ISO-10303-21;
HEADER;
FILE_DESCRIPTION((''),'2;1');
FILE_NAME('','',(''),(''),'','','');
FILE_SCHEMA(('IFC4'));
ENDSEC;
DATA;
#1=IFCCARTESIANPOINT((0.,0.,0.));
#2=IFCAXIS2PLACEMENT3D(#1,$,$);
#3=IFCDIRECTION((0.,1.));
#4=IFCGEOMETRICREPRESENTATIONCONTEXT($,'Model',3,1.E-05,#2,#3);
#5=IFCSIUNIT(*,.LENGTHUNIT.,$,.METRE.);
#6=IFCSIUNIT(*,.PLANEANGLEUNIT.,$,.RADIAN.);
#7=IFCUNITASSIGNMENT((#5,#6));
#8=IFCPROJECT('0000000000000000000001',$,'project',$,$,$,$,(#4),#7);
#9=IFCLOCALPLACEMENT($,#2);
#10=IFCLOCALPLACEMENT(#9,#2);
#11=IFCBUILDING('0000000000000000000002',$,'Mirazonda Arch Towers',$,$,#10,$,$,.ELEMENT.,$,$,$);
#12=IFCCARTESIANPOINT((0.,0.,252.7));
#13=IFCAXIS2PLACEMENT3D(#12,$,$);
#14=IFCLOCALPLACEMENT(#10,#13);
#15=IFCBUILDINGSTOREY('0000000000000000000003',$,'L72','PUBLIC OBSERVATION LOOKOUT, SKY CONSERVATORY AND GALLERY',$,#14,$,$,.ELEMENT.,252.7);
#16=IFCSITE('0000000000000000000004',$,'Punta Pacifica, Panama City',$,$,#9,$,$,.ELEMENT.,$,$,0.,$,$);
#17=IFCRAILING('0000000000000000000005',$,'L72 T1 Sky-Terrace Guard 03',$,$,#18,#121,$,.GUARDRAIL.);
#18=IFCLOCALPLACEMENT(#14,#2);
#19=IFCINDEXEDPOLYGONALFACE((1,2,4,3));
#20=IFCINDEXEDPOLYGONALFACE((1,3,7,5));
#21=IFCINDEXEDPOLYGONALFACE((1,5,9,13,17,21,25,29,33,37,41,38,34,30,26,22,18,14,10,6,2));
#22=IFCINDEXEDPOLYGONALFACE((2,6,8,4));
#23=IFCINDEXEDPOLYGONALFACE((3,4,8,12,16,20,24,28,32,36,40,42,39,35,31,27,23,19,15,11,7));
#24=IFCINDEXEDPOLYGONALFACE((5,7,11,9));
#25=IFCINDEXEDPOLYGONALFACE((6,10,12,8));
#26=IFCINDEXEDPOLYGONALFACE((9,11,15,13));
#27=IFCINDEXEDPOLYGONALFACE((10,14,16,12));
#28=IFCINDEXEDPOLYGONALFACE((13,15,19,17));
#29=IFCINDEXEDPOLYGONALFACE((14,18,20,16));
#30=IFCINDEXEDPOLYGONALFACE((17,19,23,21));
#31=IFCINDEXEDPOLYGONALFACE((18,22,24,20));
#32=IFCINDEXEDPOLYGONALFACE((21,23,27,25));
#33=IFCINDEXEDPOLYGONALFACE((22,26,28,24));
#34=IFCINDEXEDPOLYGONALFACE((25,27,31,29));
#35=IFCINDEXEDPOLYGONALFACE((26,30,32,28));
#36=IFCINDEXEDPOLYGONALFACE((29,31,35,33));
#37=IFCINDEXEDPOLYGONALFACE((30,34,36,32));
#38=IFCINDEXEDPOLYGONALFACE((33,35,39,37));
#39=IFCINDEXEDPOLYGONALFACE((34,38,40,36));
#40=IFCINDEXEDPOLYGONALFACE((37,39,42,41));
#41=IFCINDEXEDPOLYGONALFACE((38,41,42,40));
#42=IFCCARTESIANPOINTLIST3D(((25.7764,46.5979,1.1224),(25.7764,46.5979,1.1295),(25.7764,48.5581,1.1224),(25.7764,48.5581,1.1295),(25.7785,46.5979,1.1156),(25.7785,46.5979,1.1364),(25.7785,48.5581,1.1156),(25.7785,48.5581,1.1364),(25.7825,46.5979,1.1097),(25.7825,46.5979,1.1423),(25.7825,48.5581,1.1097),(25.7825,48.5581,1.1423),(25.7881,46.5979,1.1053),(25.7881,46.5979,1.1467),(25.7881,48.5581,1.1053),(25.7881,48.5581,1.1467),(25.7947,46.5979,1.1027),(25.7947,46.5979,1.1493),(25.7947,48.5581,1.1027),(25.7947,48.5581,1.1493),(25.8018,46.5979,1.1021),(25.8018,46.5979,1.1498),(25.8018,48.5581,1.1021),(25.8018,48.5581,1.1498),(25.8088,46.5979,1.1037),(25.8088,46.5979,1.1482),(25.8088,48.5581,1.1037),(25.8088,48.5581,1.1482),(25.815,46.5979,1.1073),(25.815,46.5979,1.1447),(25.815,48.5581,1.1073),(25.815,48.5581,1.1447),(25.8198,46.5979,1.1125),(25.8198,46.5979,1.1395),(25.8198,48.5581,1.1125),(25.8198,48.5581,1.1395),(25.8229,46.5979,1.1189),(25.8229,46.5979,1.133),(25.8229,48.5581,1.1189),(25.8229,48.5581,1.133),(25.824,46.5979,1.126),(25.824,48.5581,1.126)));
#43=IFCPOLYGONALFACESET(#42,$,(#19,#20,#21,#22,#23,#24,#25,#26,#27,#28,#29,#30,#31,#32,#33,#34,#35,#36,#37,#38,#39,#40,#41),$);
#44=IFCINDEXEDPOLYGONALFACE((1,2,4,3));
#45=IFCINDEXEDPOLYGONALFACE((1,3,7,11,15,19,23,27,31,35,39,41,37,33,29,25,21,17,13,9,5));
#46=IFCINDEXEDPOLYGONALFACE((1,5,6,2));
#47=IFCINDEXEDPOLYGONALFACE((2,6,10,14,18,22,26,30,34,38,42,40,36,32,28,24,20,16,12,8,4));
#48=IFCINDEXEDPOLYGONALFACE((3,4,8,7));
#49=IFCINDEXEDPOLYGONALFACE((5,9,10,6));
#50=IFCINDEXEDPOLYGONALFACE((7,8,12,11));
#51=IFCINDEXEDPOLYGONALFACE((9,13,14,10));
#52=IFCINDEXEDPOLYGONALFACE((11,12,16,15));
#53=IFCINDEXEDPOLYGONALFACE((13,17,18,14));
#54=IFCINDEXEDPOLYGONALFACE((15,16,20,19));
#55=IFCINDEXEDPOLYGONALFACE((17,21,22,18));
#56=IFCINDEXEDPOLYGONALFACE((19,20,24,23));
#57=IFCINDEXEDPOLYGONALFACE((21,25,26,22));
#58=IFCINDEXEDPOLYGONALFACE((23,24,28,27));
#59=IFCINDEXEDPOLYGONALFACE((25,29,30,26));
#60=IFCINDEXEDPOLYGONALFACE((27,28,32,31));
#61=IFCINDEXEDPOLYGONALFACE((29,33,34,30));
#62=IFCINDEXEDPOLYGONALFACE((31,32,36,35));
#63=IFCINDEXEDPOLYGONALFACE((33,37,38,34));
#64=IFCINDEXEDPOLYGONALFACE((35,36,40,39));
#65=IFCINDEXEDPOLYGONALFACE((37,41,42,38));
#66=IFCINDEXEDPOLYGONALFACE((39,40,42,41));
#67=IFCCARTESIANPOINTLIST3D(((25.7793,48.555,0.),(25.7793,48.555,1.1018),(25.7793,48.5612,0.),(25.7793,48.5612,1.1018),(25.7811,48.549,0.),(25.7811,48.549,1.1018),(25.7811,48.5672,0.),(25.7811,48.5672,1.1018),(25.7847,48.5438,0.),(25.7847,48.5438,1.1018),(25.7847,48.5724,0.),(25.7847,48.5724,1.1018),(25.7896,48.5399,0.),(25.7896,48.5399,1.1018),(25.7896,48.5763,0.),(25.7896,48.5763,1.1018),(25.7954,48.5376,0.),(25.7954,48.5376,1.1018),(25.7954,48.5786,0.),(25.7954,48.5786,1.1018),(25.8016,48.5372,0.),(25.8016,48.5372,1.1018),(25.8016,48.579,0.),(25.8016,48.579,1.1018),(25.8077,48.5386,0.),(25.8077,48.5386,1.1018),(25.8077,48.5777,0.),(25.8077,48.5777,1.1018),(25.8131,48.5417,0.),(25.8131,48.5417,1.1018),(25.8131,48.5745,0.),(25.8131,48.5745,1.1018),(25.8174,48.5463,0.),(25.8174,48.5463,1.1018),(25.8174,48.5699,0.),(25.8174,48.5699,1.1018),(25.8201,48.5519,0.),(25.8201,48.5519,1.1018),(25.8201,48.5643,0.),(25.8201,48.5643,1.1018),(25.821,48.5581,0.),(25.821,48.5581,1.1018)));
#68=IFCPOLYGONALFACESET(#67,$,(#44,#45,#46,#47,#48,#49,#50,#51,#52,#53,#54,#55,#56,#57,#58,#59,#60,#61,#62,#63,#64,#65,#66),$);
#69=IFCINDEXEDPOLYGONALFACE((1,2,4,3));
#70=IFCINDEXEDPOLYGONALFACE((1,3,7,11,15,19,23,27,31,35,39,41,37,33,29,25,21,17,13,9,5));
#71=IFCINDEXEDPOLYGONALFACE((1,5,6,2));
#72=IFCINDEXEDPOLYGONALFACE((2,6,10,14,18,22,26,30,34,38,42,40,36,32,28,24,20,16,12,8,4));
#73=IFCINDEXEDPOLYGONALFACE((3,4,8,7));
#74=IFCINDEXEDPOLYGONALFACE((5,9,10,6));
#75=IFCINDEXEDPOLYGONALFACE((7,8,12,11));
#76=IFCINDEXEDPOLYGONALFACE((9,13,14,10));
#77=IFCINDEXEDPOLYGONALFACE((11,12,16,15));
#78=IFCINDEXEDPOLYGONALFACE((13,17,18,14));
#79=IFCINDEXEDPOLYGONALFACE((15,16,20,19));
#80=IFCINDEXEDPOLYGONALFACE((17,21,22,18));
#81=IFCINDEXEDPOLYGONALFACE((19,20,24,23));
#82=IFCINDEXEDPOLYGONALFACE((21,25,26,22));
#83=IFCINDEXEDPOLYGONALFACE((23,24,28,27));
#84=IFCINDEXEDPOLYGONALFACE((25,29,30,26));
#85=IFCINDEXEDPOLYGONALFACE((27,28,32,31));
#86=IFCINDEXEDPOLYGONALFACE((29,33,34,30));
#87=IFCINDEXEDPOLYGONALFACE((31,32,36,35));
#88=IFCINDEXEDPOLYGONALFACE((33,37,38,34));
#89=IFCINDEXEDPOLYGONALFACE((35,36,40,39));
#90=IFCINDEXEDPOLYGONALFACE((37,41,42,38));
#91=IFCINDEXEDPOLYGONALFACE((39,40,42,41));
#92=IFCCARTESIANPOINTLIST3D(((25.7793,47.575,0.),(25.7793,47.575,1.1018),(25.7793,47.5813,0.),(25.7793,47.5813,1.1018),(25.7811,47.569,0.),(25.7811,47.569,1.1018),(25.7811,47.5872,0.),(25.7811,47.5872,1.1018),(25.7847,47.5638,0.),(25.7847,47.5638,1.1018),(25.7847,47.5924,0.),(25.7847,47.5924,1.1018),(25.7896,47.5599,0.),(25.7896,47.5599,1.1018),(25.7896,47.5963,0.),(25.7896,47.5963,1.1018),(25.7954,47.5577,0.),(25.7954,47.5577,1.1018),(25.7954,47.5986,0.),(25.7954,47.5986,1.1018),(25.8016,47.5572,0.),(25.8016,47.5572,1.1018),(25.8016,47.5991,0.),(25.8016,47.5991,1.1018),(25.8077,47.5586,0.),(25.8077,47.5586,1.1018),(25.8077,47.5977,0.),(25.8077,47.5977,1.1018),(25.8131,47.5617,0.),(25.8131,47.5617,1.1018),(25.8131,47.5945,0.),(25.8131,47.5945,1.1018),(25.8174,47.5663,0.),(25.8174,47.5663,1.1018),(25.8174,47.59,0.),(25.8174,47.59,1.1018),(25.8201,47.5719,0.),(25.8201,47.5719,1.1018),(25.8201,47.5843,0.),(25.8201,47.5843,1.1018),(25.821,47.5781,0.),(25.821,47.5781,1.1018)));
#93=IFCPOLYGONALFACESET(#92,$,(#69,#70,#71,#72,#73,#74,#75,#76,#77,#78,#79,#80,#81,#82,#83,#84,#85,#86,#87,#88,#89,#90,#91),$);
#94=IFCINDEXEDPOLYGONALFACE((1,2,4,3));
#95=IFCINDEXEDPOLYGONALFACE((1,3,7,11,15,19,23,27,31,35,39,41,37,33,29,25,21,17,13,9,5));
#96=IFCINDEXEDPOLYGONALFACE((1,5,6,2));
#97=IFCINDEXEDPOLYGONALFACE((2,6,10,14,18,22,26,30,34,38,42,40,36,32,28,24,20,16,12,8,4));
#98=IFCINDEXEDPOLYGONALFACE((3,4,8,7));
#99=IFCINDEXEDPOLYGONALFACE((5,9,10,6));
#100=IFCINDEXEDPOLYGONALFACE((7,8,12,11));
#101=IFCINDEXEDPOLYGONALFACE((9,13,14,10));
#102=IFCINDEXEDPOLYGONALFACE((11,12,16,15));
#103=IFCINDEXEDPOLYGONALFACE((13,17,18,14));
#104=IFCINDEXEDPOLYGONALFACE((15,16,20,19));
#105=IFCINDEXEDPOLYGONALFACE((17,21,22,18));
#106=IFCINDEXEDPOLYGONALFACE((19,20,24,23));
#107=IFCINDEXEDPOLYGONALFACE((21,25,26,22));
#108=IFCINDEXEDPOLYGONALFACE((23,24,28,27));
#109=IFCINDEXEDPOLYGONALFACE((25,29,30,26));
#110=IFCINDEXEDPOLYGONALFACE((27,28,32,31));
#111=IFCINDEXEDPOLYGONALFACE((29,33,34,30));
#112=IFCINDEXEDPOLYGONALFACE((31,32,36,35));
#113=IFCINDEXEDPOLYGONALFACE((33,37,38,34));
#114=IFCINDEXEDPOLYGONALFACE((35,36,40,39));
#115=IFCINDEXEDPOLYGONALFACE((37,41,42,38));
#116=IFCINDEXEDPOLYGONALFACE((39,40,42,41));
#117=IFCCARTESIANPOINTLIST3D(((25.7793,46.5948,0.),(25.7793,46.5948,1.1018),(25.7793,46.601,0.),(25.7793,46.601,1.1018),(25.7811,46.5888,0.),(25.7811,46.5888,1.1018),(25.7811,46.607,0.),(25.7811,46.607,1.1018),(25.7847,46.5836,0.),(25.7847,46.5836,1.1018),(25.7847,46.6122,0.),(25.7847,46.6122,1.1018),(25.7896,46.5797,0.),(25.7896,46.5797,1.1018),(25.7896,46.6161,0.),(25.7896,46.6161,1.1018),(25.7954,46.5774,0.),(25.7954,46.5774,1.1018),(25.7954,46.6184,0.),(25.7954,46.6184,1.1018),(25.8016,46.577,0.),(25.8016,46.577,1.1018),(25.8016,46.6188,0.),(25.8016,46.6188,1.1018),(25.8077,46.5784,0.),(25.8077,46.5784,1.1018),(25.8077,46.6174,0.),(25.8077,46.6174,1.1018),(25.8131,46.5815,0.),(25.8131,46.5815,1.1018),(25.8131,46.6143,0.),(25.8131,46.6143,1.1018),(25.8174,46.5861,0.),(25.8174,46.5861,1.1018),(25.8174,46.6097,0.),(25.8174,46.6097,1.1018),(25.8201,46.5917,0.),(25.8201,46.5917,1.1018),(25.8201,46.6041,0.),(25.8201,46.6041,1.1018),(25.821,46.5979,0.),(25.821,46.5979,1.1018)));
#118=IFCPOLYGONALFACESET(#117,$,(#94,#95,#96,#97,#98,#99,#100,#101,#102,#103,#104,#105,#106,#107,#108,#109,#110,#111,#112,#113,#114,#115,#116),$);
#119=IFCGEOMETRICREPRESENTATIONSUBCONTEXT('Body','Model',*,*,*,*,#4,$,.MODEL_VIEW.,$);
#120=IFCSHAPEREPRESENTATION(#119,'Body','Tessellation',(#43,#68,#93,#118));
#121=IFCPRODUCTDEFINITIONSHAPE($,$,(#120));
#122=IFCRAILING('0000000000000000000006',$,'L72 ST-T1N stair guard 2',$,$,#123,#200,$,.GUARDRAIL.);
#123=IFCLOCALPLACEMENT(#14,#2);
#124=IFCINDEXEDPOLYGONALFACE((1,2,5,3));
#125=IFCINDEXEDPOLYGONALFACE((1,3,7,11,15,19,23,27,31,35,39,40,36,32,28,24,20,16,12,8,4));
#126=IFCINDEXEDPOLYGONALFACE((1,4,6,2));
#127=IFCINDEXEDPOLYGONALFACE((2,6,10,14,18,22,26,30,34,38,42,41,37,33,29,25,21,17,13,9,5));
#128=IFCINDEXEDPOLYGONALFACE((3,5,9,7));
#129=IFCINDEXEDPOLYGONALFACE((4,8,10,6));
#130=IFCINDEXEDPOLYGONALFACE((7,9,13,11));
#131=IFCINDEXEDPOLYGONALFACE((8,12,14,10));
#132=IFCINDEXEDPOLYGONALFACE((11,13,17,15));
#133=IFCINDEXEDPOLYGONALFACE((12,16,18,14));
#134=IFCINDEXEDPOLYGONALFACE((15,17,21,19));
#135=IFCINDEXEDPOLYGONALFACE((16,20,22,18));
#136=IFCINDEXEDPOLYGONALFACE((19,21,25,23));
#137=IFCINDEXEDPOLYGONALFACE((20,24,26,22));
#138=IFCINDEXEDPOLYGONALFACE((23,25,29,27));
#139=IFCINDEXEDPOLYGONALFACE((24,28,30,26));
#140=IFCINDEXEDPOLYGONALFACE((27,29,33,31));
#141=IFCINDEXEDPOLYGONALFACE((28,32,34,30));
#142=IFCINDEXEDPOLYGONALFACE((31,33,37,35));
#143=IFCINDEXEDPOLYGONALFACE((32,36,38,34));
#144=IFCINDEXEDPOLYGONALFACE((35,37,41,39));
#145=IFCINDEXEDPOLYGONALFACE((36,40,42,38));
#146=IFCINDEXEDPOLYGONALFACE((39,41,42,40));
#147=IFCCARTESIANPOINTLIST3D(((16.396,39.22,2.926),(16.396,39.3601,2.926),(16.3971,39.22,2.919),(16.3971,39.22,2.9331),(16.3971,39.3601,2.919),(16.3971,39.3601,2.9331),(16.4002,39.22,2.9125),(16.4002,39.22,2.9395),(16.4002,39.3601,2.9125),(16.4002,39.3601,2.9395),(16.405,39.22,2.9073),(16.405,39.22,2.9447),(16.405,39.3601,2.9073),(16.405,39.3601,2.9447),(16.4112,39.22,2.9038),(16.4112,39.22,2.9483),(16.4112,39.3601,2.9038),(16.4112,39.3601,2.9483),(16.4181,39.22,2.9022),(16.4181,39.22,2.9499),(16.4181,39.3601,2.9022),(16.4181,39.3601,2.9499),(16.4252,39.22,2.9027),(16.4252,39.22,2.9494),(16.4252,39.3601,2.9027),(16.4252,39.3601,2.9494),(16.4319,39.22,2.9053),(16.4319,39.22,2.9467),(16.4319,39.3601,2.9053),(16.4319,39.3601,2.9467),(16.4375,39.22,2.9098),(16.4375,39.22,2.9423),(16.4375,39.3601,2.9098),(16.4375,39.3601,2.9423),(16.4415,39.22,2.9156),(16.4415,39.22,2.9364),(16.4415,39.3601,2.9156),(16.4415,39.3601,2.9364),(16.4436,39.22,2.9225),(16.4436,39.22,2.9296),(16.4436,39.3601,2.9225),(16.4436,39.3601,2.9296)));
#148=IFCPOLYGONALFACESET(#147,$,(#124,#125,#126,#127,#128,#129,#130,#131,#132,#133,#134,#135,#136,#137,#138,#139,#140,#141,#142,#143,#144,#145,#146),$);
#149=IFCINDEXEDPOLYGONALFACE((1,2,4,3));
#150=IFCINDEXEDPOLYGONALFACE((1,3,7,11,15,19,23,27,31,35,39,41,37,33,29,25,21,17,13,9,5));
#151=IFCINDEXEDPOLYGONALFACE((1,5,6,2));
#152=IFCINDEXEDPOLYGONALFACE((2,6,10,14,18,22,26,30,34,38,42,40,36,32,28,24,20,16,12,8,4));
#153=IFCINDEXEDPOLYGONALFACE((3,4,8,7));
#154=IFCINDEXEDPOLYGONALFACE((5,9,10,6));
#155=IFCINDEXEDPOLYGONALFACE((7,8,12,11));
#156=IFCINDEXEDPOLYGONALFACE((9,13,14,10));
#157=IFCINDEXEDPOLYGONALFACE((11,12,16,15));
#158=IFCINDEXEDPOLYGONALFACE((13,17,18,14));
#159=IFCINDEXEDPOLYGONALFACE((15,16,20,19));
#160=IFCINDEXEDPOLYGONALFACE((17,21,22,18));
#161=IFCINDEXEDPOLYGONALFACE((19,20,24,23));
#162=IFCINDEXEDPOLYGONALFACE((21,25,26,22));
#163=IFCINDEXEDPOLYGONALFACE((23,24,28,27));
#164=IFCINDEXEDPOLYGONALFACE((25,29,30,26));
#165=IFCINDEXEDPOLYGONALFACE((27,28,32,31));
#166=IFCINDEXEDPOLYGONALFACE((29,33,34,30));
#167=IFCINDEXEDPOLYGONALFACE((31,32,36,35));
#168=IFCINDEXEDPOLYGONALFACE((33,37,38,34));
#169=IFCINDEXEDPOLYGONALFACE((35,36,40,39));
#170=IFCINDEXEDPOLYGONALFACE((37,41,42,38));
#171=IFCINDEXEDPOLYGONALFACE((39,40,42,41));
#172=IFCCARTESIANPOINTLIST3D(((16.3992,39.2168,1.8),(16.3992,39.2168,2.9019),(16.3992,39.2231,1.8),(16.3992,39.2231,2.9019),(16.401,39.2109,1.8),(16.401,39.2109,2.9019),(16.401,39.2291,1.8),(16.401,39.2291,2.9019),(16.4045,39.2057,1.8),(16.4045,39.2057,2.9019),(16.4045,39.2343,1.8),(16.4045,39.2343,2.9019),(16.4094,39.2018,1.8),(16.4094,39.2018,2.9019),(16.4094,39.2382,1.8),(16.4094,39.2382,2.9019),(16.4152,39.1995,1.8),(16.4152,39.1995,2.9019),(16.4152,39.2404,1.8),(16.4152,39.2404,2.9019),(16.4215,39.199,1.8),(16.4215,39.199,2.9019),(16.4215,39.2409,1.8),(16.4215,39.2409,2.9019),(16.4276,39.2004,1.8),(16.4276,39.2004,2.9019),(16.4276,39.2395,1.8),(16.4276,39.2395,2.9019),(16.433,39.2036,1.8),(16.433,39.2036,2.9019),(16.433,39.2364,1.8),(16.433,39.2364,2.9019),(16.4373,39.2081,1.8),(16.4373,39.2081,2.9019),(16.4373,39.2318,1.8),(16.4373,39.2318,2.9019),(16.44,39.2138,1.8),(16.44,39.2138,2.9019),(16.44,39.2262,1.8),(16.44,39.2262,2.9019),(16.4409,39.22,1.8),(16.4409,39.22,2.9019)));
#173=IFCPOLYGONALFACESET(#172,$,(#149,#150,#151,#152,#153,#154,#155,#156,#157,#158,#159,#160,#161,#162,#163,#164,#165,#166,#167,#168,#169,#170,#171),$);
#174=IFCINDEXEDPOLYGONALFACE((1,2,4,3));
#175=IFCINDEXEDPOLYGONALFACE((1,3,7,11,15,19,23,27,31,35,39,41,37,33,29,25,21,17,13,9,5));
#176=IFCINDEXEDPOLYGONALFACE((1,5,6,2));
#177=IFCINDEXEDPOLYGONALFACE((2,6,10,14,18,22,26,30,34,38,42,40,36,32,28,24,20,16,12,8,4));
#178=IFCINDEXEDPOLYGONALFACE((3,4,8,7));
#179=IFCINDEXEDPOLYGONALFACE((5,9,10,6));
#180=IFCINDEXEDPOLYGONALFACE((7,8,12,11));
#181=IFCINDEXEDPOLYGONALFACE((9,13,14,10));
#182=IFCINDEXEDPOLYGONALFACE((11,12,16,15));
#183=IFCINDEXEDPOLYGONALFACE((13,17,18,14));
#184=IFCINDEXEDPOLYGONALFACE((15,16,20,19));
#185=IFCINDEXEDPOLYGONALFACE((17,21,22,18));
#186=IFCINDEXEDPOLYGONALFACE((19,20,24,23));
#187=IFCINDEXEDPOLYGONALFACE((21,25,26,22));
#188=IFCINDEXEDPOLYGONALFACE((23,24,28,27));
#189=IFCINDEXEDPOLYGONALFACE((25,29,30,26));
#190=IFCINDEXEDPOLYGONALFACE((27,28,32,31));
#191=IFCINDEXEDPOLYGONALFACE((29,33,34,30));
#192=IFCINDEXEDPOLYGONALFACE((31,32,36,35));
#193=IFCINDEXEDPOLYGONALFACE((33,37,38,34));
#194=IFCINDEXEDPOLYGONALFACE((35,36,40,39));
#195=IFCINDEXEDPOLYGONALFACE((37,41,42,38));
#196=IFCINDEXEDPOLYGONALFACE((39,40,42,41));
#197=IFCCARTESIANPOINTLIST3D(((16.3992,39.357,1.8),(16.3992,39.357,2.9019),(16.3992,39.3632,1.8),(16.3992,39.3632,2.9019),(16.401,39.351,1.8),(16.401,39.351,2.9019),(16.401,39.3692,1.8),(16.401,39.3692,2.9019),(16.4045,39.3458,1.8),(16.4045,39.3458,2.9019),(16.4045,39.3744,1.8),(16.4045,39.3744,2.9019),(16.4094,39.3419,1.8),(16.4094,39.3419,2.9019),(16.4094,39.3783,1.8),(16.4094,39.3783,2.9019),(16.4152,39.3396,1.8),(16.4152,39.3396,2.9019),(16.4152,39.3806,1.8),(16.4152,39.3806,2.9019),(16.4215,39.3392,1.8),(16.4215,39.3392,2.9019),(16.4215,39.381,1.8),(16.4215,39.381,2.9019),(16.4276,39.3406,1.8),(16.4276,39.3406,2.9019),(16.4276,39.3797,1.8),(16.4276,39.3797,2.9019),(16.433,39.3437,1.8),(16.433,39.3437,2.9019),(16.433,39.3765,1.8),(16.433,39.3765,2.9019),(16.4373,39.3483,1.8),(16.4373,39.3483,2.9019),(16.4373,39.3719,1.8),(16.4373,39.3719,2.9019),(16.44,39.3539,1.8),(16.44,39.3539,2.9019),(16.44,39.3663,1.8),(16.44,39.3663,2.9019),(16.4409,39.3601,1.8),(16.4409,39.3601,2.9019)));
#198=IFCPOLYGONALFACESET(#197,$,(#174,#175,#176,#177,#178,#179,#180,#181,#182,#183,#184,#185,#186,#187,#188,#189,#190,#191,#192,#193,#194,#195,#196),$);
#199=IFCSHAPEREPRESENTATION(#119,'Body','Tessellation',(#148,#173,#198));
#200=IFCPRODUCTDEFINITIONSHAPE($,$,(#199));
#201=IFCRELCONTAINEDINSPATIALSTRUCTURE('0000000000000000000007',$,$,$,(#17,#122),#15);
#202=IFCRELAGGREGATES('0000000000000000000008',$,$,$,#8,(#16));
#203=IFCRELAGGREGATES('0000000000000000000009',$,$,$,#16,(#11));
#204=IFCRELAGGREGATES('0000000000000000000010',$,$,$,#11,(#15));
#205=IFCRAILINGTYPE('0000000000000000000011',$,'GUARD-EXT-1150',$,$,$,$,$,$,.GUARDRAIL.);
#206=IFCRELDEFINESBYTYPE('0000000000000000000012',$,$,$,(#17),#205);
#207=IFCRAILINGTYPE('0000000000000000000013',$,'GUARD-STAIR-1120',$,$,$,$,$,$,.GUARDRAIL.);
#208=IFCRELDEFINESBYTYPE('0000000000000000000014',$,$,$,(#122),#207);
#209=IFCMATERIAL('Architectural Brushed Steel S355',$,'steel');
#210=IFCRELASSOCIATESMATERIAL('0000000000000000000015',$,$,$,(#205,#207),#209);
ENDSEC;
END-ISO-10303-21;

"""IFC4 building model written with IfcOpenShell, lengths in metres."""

from ifc_helpers import new_model, si_unit, direction, frame, origin, origin_2d, place, context, subcontext, project, spatial, circle, extrude, material, type_object, element, save


model = new_model("IFC4")

# Units and contexts
model_context = context("Model", 3, precision=1e-05, world=origin(), true_north=direction((0.0, 1.0)))
body_context = subcontext(model_context, "Body", "Model", "MODEL_VIEW")
ifc_project = project(units=[si_unit("LENGTHUNIT", "METRE"), si_unit("PLANEANGLEUNIT", "RADIAN")], contexts=[model_context])

# Site, building, storey
site_placement = place(None, origin())
site = spatial("IfcSite", under=ifc_project, at=site_placement, Name="Punta Pacifica, Panama City", CompositionType="ELEMENT", RefElevation=0.0)
building_placement = place(site_placement, origin())
building = spatial("IfcBuilding", under=site, at=building_placement, Name="Mirazonda Arch Towers", CompositionType="ELEMENT")
storey_placement = place(building_placement, frame((0.0, 0.0, 252.7)))
storey = spatial("IfcBuildingStorey", under=building, at=storey_placement, Name="L72", Description="PUBLIC OBSERVATION LOOKOUT, SKY CONSERVATORY AND GALLERY", CompositionType="ELEMENT", Elevation=252.7)

# Railings
ifc_material_1 = material(Name="Architectural Brushed Steel S355", Category="steel")
railing_type_1 = type_object("IfcRailingType", Name="GUARD-EXT-1150", PredefinedType="GUARDRAIL", material=ifc_material_1)
railing_1_placement = place(storey_placement, frame((25.8, 48.5581, 0.0)))
element("IfcRailing", 1, at=railing_1_placement, inside=storey, type_object=railing_type_1, Name="L72 T1 Sky-Terrace Guard 03", PredefinedType="GUARDRAIL", context=body_context, shape_type="SweptSolid", body=[
    extrude(circle(Radius=0.0239, at=origin_2d()), frame((0.0, 0.0, 1.126), z_axis=(0.0, -1.0, 0.0), x_axis=(1.0, 0.0, 0.0)), (0.0, 0.0, 1.0), 1.9602),
    extrude(circle(Radius=0.021, at=origin_2d()), origin(), (0.0, 0.0, 1.0), 1.1018),
    extrude(circle(Radius=0.021, at=origin_2d()), frame((0.0, -0.98, 0.0)), (0.0, 0.0, 1.0), 1.1018),
    extrude(circle(Radius=0.021, at=origin_2d()), frame((0.0, -1.9602, 0.0)), (0.0, 0.0, 1.0), 1.1018),
])
railing_type_2 = type_object("IfcRailingType", Name="GUARD-STAIR-1120", PredefinedType="GUARDRAIL", material=ifc_material_1)
railing_2_placement = place(storey_placement, frame((16.4199, 39.22, 1.8)))
element("IfcRailing", 2, at=railing_2_placement, inside=storey, type_object=railing_type_2, Name="L72 ST-T1N stair guard 2", PredefinedType="GUARDRAIL", context=body_context, shape_type="SweptSolid", body=[
    extrude(circle(Radius=0.0239, at=origin_2d()), frame((0.0, 0.0, 1.126), z_axis=(0.0, 1.0, 0.0), x_axis=(-1.0, 0.0, 0.0)), (0.0, 0.0, 1.0), 0.1401),
    extrude(circle(Radius=0.021, at=origin_2d()), origin(), (0.0, 0.0, 1.0), 1.1018),
    extrude(circle(Radius=0.021, at=origin_2d()), frame((0.0, 0.1401, 0.0)), (0.0, 0.0, 1.0), 1.1018),
])

save(model, "model.ifc")
